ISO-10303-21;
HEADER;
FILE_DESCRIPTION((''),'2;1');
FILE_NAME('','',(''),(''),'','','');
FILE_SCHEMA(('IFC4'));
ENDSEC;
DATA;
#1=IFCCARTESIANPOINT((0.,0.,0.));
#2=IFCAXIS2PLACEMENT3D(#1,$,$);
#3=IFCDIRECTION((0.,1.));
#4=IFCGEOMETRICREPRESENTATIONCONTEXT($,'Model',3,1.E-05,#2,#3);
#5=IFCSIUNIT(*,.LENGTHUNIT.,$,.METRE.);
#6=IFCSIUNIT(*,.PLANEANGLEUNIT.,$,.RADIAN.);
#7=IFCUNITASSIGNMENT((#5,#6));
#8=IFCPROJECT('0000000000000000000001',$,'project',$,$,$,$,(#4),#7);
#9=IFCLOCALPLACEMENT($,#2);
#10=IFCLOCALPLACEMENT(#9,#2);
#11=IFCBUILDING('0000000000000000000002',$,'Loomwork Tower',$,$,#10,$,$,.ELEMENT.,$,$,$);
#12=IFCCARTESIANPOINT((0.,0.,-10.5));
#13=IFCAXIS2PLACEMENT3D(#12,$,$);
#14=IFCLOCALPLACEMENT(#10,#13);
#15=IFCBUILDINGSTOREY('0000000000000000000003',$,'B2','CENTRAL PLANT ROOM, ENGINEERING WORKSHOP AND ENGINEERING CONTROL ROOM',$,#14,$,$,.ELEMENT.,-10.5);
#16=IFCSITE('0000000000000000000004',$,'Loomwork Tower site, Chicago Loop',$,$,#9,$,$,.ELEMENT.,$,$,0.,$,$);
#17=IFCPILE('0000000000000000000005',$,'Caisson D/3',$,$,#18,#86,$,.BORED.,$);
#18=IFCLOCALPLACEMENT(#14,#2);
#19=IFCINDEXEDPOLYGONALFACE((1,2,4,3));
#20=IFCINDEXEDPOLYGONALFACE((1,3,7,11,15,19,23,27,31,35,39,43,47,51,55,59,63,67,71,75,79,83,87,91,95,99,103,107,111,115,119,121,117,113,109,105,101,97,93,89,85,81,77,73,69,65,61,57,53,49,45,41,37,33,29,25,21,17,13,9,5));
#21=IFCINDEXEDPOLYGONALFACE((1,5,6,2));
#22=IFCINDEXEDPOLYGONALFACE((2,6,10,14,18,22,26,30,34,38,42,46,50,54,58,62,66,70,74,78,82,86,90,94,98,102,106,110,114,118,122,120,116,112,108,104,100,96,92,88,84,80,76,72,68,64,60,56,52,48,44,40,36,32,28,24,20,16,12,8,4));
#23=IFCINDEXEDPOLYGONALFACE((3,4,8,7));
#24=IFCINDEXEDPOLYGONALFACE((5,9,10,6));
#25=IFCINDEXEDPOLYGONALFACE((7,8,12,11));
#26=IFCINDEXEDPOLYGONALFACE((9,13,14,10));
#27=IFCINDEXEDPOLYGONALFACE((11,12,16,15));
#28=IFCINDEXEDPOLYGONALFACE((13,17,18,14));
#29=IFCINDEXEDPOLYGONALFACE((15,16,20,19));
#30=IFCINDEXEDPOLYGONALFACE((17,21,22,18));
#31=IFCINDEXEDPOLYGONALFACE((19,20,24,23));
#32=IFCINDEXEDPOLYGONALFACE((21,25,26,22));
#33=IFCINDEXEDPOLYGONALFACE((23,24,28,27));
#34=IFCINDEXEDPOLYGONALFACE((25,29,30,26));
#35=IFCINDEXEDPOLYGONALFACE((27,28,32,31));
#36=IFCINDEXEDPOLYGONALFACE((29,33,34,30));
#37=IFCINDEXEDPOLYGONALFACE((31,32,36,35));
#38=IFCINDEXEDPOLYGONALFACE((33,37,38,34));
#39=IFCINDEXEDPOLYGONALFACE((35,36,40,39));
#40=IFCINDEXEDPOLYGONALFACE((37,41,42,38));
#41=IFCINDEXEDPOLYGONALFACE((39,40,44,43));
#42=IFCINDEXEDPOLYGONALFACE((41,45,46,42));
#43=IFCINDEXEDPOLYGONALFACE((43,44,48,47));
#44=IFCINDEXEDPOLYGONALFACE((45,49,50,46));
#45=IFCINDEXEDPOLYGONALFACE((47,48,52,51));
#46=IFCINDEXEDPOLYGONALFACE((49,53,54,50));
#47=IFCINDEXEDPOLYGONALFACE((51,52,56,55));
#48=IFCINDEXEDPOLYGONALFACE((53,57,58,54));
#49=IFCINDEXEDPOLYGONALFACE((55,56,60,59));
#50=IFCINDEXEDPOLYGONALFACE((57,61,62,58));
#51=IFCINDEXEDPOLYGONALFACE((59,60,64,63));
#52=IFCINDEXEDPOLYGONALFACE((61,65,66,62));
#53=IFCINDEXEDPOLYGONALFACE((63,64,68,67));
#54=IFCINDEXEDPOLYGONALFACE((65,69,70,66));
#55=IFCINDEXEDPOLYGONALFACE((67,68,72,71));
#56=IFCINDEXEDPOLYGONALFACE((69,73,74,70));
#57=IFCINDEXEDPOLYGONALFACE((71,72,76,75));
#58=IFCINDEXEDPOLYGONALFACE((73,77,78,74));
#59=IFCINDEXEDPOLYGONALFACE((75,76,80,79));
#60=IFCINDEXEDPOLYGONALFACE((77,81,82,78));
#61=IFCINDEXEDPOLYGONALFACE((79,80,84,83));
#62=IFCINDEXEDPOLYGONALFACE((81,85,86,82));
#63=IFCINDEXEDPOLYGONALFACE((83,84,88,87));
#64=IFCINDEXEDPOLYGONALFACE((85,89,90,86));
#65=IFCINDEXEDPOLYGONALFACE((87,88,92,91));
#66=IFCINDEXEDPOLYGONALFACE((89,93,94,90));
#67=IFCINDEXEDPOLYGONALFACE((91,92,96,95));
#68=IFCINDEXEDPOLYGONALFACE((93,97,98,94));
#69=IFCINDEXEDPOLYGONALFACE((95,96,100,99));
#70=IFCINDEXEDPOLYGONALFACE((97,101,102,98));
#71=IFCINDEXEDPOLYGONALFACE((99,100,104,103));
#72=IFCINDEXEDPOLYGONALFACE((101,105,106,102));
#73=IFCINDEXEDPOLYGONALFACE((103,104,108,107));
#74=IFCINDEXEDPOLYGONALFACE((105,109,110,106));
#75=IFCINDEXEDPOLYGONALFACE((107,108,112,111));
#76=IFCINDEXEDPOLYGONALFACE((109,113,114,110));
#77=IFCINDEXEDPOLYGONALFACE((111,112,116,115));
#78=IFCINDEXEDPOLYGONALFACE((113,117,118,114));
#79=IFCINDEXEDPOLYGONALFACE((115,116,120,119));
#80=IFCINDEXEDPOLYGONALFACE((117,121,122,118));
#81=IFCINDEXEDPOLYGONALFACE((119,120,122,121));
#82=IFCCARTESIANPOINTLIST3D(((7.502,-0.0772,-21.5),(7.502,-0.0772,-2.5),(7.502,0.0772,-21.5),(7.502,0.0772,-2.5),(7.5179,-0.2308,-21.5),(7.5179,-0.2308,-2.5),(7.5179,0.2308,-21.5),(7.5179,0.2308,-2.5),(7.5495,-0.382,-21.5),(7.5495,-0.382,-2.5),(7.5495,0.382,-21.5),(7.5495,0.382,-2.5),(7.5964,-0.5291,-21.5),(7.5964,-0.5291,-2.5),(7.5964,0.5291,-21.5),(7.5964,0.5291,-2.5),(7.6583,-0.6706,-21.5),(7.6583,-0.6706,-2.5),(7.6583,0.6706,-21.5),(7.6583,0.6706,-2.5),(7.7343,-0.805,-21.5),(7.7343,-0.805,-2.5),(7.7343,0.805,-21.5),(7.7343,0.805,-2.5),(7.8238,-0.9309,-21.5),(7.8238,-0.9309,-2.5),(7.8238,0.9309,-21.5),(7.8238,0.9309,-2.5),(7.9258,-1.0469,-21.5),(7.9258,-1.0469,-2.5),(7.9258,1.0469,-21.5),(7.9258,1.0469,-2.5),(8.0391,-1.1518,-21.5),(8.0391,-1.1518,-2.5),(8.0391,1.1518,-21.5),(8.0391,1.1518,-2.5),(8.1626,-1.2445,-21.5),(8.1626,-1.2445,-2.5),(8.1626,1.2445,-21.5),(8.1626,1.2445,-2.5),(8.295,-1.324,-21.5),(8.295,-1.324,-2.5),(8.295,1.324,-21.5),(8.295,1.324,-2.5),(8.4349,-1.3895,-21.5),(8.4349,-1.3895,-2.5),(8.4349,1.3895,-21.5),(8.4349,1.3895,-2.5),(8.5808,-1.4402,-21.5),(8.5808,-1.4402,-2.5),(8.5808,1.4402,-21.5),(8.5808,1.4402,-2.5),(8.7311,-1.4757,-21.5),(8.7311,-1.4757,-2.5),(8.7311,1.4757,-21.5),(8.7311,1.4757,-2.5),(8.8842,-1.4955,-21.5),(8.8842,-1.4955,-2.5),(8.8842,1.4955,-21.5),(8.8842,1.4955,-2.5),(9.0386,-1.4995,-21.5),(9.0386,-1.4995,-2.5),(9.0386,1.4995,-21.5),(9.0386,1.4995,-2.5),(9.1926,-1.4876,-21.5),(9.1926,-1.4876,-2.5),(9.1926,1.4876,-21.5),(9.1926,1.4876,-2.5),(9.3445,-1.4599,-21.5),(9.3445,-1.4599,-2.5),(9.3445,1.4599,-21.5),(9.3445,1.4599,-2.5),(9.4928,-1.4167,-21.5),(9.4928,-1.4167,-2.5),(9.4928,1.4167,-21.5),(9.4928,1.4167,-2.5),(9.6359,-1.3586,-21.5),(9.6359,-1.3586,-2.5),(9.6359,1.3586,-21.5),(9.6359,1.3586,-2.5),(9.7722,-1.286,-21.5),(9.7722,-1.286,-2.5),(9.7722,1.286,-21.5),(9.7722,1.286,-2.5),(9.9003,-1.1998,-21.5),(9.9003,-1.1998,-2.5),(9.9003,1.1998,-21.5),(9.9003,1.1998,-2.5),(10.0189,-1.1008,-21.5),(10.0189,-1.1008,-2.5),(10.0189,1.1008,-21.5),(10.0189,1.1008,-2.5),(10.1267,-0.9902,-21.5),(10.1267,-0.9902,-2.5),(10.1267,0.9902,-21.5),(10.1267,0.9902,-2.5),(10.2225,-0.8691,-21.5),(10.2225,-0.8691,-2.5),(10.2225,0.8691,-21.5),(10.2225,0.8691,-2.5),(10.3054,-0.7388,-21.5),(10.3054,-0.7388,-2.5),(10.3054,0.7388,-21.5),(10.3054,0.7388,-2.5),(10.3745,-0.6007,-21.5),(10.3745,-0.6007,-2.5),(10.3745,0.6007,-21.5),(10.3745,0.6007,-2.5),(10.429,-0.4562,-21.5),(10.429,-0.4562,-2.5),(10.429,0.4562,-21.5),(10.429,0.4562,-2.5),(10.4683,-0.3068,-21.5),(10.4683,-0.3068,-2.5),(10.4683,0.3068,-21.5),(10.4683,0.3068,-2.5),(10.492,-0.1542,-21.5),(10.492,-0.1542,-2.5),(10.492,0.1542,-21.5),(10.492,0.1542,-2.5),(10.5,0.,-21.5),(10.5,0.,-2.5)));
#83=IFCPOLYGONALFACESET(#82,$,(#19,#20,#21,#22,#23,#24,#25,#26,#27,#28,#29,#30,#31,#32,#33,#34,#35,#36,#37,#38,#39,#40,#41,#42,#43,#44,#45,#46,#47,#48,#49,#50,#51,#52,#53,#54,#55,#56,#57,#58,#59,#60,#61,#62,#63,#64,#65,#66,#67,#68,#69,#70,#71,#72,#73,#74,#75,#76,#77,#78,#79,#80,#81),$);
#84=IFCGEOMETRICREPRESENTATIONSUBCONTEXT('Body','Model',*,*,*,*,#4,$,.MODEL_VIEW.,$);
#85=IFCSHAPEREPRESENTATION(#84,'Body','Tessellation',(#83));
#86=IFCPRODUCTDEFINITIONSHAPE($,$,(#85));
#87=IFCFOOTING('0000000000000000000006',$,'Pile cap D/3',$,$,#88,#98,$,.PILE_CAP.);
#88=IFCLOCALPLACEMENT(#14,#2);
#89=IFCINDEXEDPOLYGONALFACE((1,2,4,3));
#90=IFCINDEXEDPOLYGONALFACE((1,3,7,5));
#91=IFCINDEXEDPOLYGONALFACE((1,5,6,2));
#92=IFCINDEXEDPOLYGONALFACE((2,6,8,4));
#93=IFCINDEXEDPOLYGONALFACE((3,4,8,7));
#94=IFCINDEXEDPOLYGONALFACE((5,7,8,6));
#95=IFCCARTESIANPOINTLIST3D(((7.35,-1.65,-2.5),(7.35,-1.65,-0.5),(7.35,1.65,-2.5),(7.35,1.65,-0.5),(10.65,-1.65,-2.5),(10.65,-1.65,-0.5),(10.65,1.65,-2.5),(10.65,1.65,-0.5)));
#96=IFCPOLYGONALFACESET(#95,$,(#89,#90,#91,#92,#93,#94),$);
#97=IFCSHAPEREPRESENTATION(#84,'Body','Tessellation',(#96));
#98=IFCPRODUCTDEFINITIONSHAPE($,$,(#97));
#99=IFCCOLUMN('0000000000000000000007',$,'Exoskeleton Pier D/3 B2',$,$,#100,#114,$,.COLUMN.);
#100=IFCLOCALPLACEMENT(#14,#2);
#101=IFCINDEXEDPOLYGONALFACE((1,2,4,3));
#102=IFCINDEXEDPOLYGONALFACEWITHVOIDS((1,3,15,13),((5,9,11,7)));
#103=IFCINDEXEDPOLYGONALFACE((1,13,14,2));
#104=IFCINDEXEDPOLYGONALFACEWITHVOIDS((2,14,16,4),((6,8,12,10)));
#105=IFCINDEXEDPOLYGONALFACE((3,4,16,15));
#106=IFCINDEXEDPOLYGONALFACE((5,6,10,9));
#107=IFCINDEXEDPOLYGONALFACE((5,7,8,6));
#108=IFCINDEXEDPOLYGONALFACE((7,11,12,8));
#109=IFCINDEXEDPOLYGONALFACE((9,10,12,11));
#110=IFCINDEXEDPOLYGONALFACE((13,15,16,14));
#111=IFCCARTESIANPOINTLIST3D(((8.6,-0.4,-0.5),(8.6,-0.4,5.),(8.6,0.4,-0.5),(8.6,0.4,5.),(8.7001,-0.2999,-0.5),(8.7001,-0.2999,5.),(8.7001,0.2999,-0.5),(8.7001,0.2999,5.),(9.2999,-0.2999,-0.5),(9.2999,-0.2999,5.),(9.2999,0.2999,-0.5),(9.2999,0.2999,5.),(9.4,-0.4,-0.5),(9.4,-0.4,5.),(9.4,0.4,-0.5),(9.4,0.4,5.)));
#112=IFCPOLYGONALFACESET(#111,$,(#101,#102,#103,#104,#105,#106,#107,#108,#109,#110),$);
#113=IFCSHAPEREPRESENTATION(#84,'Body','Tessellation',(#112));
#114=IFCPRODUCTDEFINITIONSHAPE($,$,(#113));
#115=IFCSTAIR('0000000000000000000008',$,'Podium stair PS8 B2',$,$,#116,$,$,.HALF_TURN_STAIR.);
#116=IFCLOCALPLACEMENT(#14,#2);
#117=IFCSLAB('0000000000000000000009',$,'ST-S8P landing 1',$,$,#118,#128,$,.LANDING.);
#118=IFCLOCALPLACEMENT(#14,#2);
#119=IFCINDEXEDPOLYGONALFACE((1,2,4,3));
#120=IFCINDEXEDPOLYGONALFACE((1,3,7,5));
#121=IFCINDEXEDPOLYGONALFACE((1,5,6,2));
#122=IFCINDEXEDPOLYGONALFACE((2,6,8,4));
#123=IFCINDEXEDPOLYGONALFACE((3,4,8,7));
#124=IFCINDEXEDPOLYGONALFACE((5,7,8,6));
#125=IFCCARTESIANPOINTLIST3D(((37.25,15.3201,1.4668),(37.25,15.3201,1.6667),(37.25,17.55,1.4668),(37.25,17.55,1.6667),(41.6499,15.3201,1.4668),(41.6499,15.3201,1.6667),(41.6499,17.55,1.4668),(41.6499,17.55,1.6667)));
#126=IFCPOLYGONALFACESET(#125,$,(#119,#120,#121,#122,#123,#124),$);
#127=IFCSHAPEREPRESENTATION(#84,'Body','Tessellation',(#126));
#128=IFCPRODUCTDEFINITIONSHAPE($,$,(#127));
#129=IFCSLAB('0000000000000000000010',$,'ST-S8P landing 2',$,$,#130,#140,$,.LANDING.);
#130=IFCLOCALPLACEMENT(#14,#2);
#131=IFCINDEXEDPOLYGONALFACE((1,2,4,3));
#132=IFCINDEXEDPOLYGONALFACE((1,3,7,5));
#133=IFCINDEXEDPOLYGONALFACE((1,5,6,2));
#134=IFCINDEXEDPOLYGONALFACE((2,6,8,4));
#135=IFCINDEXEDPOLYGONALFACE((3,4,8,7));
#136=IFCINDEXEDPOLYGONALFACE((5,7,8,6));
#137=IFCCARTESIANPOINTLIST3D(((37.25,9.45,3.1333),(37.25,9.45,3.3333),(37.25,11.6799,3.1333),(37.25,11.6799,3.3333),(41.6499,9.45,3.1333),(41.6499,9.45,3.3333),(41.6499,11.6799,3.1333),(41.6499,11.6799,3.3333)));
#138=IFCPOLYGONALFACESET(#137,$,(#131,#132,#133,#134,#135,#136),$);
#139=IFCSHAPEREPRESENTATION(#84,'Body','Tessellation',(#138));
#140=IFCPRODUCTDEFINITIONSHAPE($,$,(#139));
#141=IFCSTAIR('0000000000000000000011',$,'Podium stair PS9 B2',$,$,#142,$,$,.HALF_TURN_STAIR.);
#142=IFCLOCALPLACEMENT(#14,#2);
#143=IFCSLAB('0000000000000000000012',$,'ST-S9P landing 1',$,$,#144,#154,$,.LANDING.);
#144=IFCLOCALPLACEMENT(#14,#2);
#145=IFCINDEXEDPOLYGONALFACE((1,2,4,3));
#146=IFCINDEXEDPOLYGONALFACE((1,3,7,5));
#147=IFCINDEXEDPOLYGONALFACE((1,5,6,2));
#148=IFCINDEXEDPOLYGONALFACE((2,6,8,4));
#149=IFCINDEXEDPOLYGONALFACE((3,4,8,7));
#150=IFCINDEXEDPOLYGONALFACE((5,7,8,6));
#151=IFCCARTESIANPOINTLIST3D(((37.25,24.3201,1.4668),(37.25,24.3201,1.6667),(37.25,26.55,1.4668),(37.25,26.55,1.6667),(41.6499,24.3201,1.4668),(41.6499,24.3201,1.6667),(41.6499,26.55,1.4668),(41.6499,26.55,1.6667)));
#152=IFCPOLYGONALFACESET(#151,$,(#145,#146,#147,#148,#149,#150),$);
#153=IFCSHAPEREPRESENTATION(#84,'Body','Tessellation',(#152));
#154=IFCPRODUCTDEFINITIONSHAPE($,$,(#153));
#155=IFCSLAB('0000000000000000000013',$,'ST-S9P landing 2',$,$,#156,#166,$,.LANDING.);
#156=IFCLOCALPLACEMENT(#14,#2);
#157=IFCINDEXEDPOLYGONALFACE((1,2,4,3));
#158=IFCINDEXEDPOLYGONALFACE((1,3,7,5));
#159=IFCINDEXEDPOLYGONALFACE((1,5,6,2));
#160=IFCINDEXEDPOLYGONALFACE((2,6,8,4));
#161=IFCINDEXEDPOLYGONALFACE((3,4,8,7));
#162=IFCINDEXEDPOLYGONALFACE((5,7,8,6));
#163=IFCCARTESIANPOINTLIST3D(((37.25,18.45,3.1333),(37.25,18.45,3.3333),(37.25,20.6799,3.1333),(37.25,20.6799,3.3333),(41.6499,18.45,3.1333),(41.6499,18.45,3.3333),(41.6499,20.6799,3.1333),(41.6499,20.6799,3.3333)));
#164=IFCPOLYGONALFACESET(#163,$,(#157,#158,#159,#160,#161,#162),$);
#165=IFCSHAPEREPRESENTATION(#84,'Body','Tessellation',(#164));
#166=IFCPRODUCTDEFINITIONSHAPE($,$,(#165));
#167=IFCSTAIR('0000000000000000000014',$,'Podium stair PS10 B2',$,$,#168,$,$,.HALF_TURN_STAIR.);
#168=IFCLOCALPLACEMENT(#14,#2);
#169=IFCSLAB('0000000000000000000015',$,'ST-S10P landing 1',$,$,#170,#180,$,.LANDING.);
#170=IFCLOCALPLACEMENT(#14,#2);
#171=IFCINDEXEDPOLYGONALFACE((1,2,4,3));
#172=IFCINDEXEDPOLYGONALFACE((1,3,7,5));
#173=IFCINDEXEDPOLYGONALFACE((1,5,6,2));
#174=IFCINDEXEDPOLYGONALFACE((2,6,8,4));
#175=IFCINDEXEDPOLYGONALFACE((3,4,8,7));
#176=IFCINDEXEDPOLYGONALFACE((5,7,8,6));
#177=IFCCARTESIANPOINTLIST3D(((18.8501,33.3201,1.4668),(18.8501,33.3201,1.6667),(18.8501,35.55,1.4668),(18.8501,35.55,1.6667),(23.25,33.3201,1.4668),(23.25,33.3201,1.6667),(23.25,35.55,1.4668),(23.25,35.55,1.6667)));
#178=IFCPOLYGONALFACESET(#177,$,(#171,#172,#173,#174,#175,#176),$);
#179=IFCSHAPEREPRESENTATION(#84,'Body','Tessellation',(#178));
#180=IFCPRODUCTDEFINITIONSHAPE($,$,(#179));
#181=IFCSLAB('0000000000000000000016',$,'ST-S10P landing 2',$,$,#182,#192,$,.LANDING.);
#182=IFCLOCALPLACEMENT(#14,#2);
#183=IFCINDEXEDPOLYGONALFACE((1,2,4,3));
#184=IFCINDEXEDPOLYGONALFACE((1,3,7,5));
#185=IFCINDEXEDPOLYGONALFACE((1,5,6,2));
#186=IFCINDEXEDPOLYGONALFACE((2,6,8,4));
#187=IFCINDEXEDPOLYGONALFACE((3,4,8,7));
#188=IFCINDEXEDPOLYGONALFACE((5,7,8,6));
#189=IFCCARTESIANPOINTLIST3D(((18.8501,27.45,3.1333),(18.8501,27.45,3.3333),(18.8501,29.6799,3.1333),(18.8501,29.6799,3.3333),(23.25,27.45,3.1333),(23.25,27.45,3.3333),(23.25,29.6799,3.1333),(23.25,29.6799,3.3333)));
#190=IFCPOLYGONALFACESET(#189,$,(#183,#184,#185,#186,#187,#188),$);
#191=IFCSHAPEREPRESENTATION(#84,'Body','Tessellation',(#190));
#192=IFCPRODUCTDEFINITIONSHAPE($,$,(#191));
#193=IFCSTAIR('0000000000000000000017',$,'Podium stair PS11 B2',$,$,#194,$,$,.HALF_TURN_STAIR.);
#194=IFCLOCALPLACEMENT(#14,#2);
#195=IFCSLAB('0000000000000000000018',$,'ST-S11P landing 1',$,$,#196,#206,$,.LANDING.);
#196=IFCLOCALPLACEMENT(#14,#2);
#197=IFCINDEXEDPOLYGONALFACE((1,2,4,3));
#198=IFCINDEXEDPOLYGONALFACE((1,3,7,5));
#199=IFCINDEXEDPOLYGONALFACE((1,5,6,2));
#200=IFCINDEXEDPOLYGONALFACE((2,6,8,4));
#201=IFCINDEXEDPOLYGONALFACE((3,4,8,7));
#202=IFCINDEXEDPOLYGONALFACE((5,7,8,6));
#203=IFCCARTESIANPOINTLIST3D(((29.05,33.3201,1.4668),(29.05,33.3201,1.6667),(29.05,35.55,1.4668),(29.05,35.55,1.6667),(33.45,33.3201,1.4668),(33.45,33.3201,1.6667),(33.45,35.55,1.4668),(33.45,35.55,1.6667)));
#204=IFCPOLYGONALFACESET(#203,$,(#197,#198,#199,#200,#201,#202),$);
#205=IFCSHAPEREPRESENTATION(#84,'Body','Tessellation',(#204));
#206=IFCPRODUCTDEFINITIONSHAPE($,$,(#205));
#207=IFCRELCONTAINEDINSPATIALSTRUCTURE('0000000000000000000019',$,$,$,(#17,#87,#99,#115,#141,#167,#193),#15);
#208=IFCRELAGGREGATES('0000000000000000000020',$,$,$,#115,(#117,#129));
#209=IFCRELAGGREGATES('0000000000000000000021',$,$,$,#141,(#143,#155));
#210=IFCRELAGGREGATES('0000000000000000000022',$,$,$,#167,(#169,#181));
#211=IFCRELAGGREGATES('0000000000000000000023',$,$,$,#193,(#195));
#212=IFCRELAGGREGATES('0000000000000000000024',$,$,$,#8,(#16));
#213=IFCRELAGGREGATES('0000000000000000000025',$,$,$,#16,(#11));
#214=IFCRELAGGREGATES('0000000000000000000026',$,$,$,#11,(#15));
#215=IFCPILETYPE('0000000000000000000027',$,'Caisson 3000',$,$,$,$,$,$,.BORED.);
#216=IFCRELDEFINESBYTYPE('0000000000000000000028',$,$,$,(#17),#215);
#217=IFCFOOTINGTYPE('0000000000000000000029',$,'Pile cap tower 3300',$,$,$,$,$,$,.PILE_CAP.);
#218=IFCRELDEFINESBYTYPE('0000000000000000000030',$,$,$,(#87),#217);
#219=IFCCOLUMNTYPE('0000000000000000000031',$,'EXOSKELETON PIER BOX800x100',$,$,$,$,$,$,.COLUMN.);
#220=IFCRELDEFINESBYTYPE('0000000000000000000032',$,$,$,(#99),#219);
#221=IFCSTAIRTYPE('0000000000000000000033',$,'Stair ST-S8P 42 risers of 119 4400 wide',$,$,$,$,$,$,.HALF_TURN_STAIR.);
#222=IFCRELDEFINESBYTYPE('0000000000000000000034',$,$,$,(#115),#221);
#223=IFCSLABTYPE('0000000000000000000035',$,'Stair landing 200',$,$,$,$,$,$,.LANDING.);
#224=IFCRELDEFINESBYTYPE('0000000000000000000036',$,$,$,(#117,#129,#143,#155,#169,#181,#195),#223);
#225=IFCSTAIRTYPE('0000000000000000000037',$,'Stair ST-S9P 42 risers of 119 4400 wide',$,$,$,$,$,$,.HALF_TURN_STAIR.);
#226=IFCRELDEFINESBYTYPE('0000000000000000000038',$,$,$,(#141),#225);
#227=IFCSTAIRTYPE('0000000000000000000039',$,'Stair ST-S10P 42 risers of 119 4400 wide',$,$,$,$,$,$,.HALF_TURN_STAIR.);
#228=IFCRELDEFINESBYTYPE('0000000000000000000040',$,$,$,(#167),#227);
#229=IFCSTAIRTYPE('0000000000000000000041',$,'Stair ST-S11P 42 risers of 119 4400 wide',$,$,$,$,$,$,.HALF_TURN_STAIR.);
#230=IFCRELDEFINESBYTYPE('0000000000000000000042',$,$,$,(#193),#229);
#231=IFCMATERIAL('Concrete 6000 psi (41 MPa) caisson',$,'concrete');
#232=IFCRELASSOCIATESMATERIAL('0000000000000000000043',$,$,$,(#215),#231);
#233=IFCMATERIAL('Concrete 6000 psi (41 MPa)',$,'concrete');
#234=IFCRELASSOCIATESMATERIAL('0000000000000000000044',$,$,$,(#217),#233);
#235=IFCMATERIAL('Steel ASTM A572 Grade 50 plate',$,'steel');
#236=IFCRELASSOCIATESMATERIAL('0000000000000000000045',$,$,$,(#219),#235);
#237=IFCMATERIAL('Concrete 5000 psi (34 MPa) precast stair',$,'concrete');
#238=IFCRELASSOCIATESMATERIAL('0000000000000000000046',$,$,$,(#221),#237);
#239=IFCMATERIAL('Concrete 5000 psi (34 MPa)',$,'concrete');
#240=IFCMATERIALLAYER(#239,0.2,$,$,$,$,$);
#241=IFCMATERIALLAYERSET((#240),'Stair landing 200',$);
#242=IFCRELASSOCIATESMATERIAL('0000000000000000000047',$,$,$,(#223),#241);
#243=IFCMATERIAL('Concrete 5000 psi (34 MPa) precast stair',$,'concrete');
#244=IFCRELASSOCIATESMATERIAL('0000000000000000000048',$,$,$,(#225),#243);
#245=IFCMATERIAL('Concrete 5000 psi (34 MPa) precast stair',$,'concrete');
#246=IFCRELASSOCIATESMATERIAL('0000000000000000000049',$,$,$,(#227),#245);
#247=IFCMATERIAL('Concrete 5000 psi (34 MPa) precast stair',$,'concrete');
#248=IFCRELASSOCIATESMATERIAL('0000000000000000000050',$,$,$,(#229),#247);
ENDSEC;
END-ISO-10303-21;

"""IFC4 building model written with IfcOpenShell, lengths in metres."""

from ifc_helpers import new_model, si_unit, direction, frame, origin, origin_2d, place, context, subcontext, project, spatial, polyline, rectangle, hollow_rectangle, circle, outline, extrude, material, layer, layer_set, material_profile, profile_set, type_object, element, aggregate, save


model = new_model("IFC4")

# Units and contexts
model_context = context("Model", 3, precision=1e-05, world=origin(), true_north=direction((0.0, 1.0)))
body_context = subcontext(model_context, "Body", "Model", "MODEL_VIEW")
ifc_project = project(units=[si_unit("LENGTHUNIT", "METRE"), si_unit("PLANEANGLEUNIT", "RADIAN")], contexts=[model_context])

# Site, building, storey
site_placement = place(None, origin())
site = spatial("IfcSite", under=ifc_project, at=site_placement, Name="Loomwork Tower site, Chicago Loop", CompositionType="ELEMENT", RefElevation=0.0)
building_placement = place(site_placement, origin())
building = spatial("IfcBuilding", under=site, at=building_placement, Name="Loomwork Tower", CompositionType="ELEMENT")
storey_placement = place(building_placement, frame((0.0, 0.0, -10.5)))
storey = spatial("IfcBuildingStorey", under=building, at=storey_placement, Name="B2", Description="CENTRAL PLANT ROOM, ENGINEERING WORKSHOP AND ENGINEERING CONTROL ROOM", CompositionType="ELEMENT", Elevation=-10.5)

# Pile
ifc_material_1 = material(Name="Concrete 6000 psi (41 MPa) caisson", Category="concrete")
ifc_material_profile_1 = material_profile(ifc_material_1, circle(Radius=1.5, at=origin_2d()), Name="D3000")
ifc_profile_set_1 = profile_set([ifc_material_profile_1], Name="Concrete 6000 psi (41 MPa) caisson")
pile_type = type_object("IfcPileType", Name="Caisson 3000", PredefinedType="BORED", material=ifc_profile_set_1)
pile_placement = place(storey_placement, frame((9.0, 0.0, -2.5), z_axis=(0.0, 0.0, -1.0), x_axis=(1.0, 0.0, 0.0)))
element("IfcPile", 1, at=pile_placement, inside=storey, type_object=pile_type, Name="Caisson D/3", PredefinedType="BORED", context=body_context, shape_type="SweptSolid", body=[
    extrude(circle(Radius=1.5, at=origin_2d()), origin(), (0.0, 0.0, 1.0), 19.0),
])

# Footing
ifc_material_2 = material(Name="Concrete 6000 psi (41 MPa)", Category="concrete")
footing_type = type_object("IfcFootingType", Name="Pile cap tower 3300", PredefinedType="PILE_CAP", material=ifc_material_2)
footing_placement = place(storey_placement, frame((9.0, 0.0, -2.5), z_axis=(0.0, 0.0, 1.0), x_axis=(1.0, 0.0, 0.0)))
element("IfcFooting", 2, at=footing_placement, inside=storey, type_object=footing_type, Name="Pile cap D/3", PredefinedType="PILE_CAP", context=body_context, shape_type="SweptSolid", body=[
    extrude(rectangle(XDim=3.3, YDim=3.3, at=origin_2d()), origin(), (0.0, 0.0, 1.0), 2.0),
])

# Column
ifc_material_3 = material(Name="Steel ASTM A572 Grade 50 plate", Category="steel")
ifc_material_profile_2 = material_profile(ifc_material_3, hollow_rectangle(XDim=0.8, YDim=0.8, WallThickness=0.1001, at=origin_2d()), Name="BOX800x100")
ifc_profile_set_2 = profile_set([ifc_material_profile_2], Name="Steel ASTM A572 Grade 50 plate")
column_type = type_object("IfcColumnType", Name="EXOSKELETON PIER BOX800x100", PredefinedType="COLUMN", material=ifc_profile_set_2)
column_placement = place(storey_placement, frame((9.0, 0.0, -0.5), z_axis=(0.0, 0.0, 1.0), x_axis=(1.0, 0.0, 0.0)))
element("IfcColumn", 3, at=column_placement, inside=storey, type_object=column_type, Name="Exoskeleton Pier D/3 B2", PredefinedType="COLUMN", context=body_context, shape_type="SweptSolid", body=[
    extrude(hollow_rectangle(XDim=0.8, YDim=0.8, WallThickness=0.1001, at=origin_2d()), origin(), (0.0, 0.0, 1.0), 5.5),
])

# Stairs, slabs
ifc_material_4 = material(Name="Concrete 5000 psi (34 MPa) precast stair", Category="concrete")
stair_type_1 = type_object("IfcStairType", Name="Stair ST-S8P 42 risers of 119 4400 wide", PredefinedType="HALF_TURN_STAIR", material=ifc_material_4)
stair_1_placement = place(storey_placement, origin())
stair_1 = element("IfcStair", 4, at=stair_1_placement, inside=storey, type_object=stair_type_1, Name="Podium stair PS8 B2", PredefinedType="HALF_TURN_STAIR")
ifc_material_5 = material(Name="Concrete 5000 psi (34 MPa)", Category="concrete")
ifc_layer_1 = layer(ifc_material_5, 0.2)
ifc_layer_set_1 = layer_set([ifc_layer_1], Name="Stair landing 200")
slab_type = type_object("IfcSlabType", Name="Stair landing 200", PredefinedType="LANDING", material=ifc_layer_set_1)
slab_1_placement = place(storey_placement, frame((0.0, 0.0, 1.4668)))
slab_1 = element("IfcSlab", 5, at=slab_1_placement, type_object=slab_type, Name="ST-S8P landing 1", PredefinedType="LANDING", context=body_context, shape_type="SweptSolid", body=[
    extrude(outline(polyline([(37.25, 15.3201), (41.6499, 15.3201), (41.6499, 17.55), (37.25, 17.55), (37.25, 15.3201)])), origin(), (0.0, 0.0, 1.0), 0.2),
])
slab_2_placement = place(storey_placement, frame((0.0, 0.0, 3.1333)))
slab_2 = element("IfcSlab", 6, at=slab_2_placement, type_object=slab_type, Name="ST-S8P landing 2", PredefinedType="LANDING", context=body_context, shape_type="SweptSolid", body=[
    extrude(outline(polyline([(37.25, 9.45), (41.6499, 9.45), (41.6499, 11.6799), (37.25, 11.6799), (37.25, 9.45)])), origin(), (0.0, 0.0, 1.0), 0.2),
])
aggregate(stair_1, [slab_1, slab_2])
ifc_material_6 = material(Name="Concrete 5000 psi (34 MPa) precast stair", Category="concrete")
stair_type_2 = type_object("IfcStairType", Name="Stair ST-S9P 42 risers of 119 4400 wide", PredefinedType="HALF_TURN_STAIR", material=ifc_material_6)
stair_2_placement = place(storey_placement, origin())
stair_2 = element("IfcStair", 7, at=stair_2_placement, inside=storey, type_object=stair_type_2, Name="Podium stair PS9 B2", PredefinedType="HALF_TURN_STAIR")
slab_3_placement = place(storey_placement, frame((0.0, 0.0, 1.4668)))
slab_3 = element("IfcSlab", 8, at=slab_3_placement, type_object=slab_type, Name="ST-S9P landing 1", PredefinedType="LANDING", context=body_context, shape_type="SweptSolid", body=[
    extrude(outline(polyline([(37.25, 24.3201), (41.6499, 24.3201), (41.6499, 26.55), (37.25, 26.55), (37.25, 24.3201)])), origin(), (0.0, 0.0, 1.0), 0.2),
])
slab_4_placement = place(storey_placement, frame((0.0, 0.0, 3.1333)))
slab_4 = element("IfcSlab", 9, at=slab_4_placement, type_object=slab_type, Name="ST-S9P landing 2", PredefinedType="LANDING", context=body_context, shape_type="SweptSolid", body=[
    extrude(outline(polyline([(37.25, 18.45), (41.6499, 18.45), (41.6499, 20.6799), (37.25, 20.6799), (37.25, 18.45)])), origin(), (0.0, 0.0, 1.0), 0.2),
])
aggregate(stair_2, [slab_3, slab_4])
ifc_material_7 = material(Name="Concrete 5000 psi (34 MPa) precast stair", Category="concrete")
stair_type_3 = type_object("IfcStairType", Name="Stair ST-S10P 42 risers of 119 4400 wide", PredefinedType="HALF_TURN_STAIR", material=ifc_material_7)
stair_3_placement = place(storey_placement, origin())
stair_3 = element("IfcStair", 10, at=stair_3_placement, inside=storey, type_object=stair_type_3, Name="Podium stair PS10 B2", PredefinedType="HALF_TURN_STAIR")
slab_5_placement = place(storey_placement, frame((0.0, 0.0, 1.4668)))
slab_5 = element("IfcSlab", 11, at=slab_5_placement, type_object=slab_type, Name="ST-S10P landing 1", PredefinedType="LANDING", context=body_context, shape_type="SweptSolid", body=[
    extrude(outline(polyline([(18.8501, 33.3201), (23.25, 33.3201), (23.25, 35.55), (18.8501, 35.55), (18.8501, 33.3201)])), origin(), (0.0, 0.0, 1.0), 0.2),
])
slab_6_placement = place(storey_placement, frame((0.0, 0.0, 3.1333)))
slab_6 = element("IfcSlab", 12, at=slab_6_placement, type_object=slab_type, Name="ST-S10P landing 2", PredefinedType="LANDING", context=body_context, shape_type="SweptSolid", body=[
    extrude(outline(polyline([(18.8501, 27.45), (23.25, 27.45), (23.25, 29.6799), (18.8501, 29.6799), (18.8501, 27.45)])), origin(), (0.0, 0.0, 1.0), 0.2),
])
aggregate(stair_3, [slab_5, slab_6])
ifc_material_8 = material(Name="Concrete 5000 psi (34 MPa) precast stair", Category="concrete")
stair_type_4 = type_object("IfcStairType", Name="Stair ST-S11P 42 risers of 119 4400 wide", PredefinedType="HALF_TURN_STAIR", material=ifc_material_8)
stair_4_placement = place(storey_placement, origin())
stair_4 = element("IfcStair", 13, at=stair_4_placement, inside=storey, type_object=stair_type_4, Name="Podium stair PS11 B2", PredefinedType="HALF_TURN_STAIR")
slab_7_placement = place(storey_placement, frame((0.0, 0.0, 1.4668)))
slab_7 = element("IfcSlab", 14, at=slab_7_placement, type_object=slab_type, Name="ST-S11P landing 1", PredefinedType="LANDING", context=body_context, shape_type="SweptSolid", body=[
    extrude(outline(polyline([(29.05, 33.3201), (33.45, 33.3201), (33.45, 35.55), (29.05, 35.55), (29.05, 33.3201)])), origin(), (0.0, 0.0, 1.0), 0.2),
])
aggregate(stair_4, [slab_7])

save(model, "model.ifc")
